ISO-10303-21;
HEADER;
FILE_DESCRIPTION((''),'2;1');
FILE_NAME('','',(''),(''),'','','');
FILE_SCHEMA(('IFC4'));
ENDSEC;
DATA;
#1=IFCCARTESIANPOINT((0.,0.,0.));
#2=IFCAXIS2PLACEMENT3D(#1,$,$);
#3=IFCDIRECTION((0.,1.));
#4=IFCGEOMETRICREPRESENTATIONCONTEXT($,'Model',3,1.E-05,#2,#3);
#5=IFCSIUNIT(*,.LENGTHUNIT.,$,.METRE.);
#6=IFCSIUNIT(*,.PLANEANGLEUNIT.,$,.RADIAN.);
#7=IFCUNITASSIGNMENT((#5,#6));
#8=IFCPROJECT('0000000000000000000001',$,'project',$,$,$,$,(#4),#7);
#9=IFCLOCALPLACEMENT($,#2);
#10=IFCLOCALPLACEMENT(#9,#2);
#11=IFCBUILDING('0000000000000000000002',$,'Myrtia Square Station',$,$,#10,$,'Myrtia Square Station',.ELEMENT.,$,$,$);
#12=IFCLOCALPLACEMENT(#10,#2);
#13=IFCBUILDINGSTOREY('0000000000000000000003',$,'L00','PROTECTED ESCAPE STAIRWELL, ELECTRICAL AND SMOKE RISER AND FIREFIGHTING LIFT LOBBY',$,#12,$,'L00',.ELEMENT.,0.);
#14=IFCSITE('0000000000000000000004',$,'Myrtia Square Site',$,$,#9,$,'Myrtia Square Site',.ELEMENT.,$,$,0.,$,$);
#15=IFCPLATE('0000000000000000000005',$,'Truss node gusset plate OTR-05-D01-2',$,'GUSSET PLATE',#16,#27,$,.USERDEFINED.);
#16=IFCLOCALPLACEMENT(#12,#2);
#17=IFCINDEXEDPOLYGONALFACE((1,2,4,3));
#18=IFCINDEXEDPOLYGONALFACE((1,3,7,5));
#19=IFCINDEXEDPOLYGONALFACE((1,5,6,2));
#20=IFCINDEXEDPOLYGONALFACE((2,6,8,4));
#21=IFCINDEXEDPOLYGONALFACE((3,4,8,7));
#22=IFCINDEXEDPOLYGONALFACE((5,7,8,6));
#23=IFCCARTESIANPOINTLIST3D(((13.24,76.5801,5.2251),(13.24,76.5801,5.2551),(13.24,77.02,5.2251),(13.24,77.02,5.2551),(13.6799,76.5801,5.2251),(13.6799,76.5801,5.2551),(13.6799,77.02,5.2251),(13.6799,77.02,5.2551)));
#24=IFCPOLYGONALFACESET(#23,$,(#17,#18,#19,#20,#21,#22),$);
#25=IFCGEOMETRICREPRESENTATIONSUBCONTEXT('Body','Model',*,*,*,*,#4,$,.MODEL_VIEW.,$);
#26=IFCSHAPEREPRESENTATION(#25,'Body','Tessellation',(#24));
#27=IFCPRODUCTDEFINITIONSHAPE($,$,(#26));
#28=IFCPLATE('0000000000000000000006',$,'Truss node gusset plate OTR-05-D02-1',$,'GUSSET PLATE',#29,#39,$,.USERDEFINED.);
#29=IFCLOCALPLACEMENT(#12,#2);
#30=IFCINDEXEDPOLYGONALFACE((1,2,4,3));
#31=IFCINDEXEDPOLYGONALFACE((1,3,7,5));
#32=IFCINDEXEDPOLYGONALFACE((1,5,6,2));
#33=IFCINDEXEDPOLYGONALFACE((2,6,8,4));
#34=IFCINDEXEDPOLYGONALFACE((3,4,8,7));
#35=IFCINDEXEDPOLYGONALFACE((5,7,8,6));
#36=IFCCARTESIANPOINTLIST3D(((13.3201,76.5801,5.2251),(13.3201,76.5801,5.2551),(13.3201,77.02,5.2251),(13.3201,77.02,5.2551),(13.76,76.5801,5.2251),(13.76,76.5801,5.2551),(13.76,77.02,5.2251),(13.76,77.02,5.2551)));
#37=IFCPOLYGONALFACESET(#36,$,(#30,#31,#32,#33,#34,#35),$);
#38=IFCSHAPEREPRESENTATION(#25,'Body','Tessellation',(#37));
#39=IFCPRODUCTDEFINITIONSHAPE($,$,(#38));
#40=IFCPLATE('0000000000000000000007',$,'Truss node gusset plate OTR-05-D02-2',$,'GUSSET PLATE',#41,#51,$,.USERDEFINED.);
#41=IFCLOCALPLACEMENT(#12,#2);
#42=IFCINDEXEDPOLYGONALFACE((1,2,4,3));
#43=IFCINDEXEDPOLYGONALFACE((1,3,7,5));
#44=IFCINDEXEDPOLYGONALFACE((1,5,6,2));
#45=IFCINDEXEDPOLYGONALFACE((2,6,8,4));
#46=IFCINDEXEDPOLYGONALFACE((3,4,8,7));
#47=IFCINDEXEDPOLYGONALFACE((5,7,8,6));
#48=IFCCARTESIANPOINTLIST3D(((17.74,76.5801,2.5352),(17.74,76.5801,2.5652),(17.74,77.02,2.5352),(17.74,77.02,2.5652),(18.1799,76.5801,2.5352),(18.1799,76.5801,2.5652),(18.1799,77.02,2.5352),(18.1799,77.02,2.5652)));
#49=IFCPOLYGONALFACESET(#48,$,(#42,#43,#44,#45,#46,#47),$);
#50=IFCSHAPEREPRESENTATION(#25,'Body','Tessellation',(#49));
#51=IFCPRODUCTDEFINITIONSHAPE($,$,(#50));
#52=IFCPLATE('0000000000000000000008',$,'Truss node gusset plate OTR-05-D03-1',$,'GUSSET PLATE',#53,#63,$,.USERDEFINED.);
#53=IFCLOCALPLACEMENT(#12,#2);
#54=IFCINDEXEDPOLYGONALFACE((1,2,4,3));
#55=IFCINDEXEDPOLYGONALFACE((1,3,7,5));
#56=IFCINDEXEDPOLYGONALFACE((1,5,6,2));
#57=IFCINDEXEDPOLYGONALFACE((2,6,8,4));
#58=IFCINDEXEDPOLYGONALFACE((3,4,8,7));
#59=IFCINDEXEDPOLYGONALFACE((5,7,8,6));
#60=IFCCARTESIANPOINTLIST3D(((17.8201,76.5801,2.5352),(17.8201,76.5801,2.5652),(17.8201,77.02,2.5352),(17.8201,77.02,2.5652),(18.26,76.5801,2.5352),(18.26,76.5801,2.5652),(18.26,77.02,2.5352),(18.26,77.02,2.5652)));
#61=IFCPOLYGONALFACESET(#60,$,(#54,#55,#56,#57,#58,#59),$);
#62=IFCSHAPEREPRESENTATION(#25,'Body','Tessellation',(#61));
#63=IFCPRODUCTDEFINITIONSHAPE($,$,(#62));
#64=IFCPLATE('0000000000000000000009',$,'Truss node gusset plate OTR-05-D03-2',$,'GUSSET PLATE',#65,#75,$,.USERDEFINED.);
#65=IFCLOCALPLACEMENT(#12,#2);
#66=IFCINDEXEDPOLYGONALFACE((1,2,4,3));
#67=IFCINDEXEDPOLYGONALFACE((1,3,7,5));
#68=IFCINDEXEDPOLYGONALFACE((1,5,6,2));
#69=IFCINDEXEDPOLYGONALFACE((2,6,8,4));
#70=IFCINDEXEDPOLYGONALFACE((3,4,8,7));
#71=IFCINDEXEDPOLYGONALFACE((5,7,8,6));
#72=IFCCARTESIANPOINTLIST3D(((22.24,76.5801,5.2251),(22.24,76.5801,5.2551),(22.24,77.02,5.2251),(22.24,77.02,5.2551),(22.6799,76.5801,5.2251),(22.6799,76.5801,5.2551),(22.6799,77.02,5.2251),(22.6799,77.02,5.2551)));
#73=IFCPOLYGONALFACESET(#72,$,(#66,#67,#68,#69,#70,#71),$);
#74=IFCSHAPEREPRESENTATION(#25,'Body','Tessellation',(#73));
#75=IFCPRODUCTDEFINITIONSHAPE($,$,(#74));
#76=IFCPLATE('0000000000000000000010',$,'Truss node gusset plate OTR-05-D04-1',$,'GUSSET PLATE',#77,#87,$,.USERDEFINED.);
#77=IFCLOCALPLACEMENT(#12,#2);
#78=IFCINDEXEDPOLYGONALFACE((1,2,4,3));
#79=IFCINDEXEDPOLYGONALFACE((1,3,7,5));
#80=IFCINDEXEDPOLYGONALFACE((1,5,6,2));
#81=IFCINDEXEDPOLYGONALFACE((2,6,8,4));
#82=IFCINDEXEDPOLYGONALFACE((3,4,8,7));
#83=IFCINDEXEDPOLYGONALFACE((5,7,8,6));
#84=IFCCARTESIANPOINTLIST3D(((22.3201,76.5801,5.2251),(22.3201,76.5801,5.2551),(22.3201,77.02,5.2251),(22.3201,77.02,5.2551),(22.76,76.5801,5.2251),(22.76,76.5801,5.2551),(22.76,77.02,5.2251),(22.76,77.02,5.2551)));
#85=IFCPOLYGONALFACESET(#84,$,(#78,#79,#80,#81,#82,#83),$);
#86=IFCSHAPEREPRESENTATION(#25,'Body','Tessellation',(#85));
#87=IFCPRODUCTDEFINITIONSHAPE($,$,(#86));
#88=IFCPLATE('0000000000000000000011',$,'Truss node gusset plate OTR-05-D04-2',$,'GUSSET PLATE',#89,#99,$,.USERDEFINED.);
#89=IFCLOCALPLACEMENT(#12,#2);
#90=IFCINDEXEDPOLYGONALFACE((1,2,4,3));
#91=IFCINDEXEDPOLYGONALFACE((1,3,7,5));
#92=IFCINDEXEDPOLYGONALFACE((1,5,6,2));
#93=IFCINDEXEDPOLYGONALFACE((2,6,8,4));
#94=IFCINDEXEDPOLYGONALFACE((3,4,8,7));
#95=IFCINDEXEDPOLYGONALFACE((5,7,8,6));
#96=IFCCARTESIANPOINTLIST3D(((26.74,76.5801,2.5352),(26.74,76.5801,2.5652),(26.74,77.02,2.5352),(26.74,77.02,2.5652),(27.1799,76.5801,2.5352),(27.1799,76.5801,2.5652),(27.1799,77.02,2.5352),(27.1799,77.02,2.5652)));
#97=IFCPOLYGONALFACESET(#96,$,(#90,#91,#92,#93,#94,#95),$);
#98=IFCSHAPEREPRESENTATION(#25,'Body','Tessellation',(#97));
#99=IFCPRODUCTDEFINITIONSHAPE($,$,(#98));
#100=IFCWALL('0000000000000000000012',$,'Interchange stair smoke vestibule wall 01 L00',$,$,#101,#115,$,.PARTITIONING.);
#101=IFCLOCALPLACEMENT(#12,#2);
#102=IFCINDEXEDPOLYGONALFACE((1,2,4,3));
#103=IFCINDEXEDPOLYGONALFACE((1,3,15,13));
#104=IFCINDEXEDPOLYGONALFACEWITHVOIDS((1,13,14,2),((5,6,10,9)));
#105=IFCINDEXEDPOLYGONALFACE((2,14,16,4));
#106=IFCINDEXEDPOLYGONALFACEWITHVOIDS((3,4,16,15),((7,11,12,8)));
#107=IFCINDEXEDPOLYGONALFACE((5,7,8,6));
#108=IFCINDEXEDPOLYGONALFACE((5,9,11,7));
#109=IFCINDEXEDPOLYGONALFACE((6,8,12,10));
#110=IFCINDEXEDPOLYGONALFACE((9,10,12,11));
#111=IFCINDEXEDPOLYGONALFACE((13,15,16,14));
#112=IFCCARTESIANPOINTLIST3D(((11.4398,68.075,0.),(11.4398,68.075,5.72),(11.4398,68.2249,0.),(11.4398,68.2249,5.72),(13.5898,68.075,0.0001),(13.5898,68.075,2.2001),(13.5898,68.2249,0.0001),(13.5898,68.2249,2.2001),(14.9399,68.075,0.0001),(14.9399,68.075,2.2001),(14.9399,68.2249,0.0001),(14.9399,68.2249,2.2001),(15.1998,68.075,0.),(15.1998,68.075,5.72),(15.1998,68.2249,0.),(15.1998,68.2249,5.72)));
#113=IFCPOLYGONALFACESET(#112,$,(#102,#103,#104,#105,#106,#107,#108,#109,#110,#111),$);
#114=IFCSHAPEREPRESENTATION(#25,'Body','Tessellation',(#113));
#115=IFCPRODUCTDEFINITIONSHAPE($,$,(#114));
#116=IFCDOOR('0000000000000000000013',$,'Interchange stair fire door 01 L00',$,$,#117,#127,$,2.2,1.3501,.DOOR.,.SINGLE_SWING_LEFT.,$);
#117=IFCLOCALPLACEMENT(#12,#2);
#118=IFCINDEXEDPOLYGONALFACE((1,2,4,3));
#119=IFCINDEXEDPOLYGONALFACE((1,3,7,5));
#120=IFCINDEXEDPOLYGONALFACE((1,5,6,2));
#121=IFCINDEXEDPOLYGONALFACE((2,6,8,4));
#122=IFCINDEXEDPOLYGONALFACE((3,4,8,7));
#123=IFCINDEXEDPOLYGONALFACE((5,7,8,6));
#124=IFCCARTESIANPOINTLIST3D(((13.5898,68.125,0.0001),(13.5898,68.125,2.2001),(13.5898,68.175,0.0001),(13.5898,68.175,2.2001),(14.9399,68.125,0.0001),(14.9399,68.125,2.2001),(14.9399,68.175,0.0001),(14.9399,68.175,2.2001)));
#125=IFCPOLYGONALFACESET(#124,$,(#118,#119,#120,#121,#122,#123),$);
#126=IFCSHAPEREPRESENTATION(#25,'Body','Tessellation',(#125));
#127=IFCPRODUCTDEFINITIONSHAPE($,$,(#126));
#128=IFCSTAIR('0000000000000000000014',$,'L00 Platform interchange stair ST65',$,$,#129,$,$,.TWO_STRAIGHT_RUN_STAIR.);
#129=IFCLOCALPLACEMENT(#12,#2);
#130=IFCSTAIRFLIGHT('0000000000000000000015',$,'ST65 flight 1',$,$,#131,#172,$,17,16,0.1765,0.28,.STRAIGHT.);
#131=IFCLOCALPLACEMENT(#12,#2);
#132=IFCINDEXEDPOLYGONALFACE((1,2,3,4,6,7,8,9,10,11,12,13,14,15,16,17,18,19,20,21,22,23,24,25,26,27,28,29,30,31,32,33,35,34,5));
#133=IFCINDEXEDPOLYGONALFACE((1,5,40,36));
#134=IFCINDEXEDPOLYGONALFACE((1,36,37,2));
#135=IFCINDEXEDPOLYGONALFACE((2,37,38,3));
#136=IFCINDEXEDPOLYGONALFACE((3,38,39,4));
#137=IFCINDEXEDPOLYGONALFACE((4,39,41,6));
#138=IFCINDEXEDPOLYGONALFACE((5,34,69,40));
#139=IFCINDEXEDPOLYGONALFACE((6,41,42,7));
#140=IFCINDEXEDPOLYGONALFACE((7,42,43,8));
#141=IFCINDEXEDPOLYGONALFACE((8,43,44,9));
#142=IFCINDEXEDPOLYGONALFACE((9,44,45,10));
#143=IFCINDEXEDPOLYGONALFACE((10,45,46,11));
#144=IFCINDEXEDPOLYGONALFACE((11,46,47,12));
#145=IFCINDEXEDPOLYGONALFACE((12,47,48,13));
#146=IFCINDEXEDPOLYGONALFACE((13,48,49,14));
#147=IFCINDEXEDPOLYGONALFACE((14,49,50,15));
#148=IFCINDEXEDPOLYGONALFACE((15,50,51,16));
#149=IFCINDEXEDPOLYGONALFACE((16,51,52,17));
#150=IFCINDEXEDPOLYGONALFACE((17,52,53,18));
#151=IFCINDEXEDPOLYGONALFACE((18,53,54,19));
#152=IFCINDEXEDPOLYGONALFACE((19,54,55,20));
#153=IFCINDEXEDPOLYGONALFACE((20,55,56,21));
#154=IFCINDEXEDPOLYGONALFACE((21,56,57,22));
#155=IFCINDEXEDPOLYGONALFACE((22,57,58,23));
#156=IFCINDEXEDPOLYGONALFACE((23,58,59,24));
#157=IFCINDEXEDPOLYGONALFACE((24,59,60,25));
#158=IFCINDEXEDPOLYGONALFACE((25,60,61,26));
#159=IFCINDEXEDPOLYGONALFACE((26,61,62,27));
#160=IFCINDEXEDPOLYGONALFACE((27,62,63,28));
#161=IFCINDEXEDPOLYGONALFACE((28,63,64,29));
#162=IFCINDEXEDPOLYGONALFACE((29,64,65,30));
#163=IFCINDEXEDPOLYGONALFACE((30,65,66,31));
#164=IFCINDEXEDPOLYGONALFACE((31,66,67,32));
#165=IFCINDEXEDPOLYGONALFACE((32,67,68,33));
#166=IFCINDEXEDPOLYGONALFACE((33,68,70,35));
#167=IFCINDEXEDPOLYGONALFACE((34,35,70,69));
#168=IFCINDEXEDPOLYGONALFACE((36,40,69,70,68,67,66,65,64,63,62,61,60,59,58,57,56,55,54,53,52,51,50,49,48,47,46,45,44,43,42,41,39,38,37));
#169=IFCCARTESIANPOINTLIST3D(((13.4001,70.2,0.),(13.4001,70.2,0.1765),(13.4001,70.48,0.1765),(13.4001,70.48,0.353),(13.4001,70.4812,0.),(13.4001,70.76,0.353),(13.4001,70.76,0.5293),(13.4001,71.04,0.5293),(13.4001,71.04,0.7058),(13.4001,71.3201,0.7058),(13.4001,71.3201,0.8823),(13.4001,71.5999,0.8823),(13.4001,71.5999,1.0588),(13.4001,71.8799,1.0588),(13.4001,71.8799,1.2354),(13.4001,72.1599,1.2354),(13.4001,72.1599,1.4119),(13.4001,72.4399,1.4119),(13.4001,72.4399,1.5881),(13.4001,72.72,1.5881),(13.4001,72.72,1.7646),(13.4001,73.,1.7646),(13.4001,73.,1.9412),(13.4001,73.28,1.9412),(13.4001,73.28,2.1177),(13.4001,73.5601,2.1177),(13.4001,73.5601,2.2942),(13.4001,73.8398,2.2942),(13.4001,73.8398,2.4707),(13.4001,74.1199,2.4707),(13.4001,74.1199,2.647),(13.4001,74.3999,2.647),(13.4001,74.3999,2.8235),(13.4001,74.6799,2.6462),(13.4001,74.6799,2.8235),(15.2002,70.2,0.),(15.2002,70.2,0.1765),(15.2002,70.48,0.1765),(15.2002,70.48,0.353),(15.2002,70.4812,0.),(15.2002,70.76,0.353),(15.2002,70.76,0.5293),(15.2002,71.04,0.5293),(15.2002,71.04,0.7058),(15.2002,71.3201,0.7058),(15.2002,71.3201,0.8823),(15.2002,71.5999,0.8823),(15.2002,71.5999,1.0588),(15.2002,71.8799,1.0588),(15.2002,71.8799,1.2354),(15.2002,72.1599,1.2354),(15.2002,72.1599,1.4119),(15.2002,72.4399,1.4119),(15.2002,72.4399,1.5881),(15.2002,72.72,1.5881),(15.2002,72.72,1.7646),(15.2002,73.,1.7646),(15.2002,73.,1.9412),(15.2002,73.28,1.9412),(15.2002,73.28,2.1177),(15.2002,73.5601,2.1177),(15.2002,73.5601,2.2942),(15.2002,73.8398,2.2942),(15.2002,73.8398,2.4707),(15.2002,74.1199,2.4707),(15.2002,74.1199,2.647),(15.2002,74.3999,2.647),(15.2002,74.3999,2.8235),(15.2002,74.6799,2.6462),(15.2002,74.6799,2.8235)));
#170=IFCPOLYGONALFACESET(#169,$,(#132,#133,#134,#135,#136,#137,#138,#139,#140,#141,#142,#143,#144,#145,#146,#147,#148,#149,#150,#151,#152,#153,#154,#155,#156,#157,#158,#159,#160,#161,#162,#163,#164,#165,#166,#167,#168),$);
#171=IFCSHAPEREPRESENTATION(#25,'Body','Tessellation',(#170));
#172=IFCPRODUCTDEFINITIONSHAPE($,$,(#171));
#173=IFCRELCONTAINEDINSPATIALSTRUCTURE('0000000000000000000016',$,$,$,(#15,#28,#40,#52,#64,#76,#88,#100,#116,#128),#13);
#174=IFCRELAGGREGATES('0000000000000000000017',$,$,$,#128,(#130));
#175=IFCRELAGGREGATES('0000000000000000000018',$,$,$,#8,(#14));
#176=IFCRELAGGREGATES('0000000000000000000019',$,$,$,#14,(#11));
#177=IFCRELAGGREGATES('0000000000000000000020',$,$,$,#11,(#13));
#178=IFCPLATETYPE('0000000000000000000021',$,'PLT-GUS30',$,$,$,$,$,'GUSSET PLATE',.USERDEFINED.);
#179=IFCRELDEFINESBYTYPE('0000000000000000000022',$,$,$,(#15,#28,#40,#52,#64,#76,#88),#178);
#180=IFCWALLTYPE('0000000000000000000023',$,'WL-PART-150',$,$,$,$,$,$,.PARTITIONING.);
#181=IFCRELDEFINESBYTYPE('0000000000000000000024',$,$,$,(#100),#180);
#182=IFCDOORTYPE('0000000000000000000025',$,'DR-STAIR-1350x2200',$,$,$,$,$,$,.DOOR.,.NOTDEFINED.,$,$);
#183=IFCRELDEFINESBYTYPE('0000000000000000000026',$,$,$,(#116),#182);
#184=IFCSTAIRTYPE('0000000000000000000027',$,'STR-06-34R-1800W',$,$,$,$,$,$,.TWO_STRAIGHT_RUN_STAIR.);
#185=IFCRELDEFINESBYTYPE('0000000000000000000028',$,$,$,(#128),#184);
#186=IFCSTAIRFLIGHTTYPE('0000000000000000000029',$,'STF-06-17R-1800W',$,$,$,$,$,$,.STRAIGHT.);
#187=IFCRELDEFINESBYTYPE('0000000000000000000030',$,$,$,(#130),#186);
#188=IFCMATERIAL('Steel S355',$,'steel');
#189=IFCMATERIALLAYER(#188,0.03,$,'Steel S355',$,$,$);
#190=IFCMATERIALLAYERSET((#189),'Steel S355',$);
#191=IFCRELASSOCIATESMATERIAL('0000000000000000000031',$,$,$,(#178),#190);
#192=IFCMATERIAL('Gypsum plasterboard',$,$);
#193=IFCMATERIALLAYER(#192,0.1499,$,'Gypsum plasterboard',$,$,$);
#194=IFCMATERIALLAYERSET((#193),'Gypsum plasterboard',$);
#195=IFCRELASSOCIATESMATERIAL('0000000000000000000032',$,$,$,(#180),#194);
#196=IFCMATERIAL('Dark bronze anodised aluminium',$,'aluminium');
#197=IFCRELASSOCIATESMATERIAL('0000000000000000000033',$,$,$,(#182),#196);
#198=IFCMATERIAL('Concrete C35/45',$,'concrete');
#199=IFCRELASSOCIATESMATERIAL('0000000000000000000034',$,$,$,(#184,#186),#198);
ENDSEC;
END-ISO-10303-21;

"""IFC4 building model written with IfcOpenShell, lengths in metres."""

from ifc_helpers import new_model, si_unit, direction, frame, frame_2d, origin, origin_2d, place, context, subcontext, project, spatial, polyline, rectangle, outline, extrude, material, layer, layer_set, type_object, element, fill, aggregate, save


model = new_model("IFC4")

# Units and contexts
model_context = context("Model", 3, precision=1e-05, world=origin(), true_north=direction((0.0, 1.0)))
body_context = subcontext(model_context, "Body", "Model", "MODEL_VIEW")
ifc_project = project(units=[si_unit("LENGTHUNIT", "METRE"), si_unit("PLANEANGLEUNIT", "RADIAN")], contexts=[model_context])

# Site, building, storey
site_placement = place(None, origin())
site = spatial("IfcSite", under=ifc_project, at=site_placement, Name="Myrtia Square Site", LongName="Myrtia Square Site", CompositionType="ELEMENT", RefElevation=0.0)
building_placement = place(site_placement, origin())
building = spatial("IfcBuilding", under=site, at=building_placement, Name="Myrtia Square Station", LongName="Myrtia Square Station", CompositionType="ELEMENT")
storey_placement = place(building_placement, origin())
storey = spatial("IfcBuildingStorey", under=building, at=storey_placement, Name="L00", Description="PROTECTED ESCAPE STAIRWELL, ELECTRICAL AND SMOKE RISER AND FIREFIGHTING LIFT LOBBY", LongName="L00", CompositionType="ELEMENT", Elevation=0.0)

# Shared definitions
ifc_material_1 = material(Name="Steel S355", Category="steel")

# Plates
ifc_layer_1 = layer(ifc_material_1, 0.03, Name="Steel S355")
ifc_layer_set_1 = layer_set([ifc_layer_1], Name="Steel S355")
plate_type = type_object("IfcPlateType", Name="PLT-GUS30", ElementType="GUSSET PLATE", PredefinedType="USERDEFINED", material=ifc_layer_set_1)
for number, where, z_axis, x_axis, name in (
    (1, (13.46, 76.8, 5.2251), (0.0, 0.0, 1.0), (1.0, 0.0, 0.0), "Truss node gusset plate OTR-05-D01-2"),
    (2, (13.54, 76.8, 5.2251), (0.0, 0.0, 1.0), (1.0, 0.0, 0.0), "Truss node gusset plate OTR-05-D02-1"),
    (3, (17.96, 76.8, 2.5352), (0.0, 0.0, 1.0), (1.0, 0.0, 0.0), "Truss node gusset plate OTR-05-D02-2"),
    (4, (18.04, 76.8, 2.5352), (0.0, 0.0, 1.0), (1.0, 0.0, 0.0), "Truss node gusset plate OTR-05-D03-1"),
    (5, (22.46, 76.8, 5.2251), (0.0, 0.0, 1.0), (1.0, 0.0, 0.0), "Truss node gusset plate OTR-05-D03-2"),
    (6, (22.54, 76.8, 5.2251), (0.0, 0.0, 1.0), (1.0, 0.0, 0.0), "Truss node gusset plate OTR-05-D04-1"),
    (7, (26.96, 76.8, 2.5352), (0.0, 0.0, 1.0), (1.0, 0.0, 0.0), "Truss node gusset plate OTR-05-D04-2"),
):
    element("IfcPlate", number, at=place(storey_placement, frame(where, z_axis=z_axis, x_axis=x_axis)), inside=storey, type_object=plate_type, Name=name, ObjectType="GUSSET PLATE", PredefinedType="USERDEFINED", context=body_context, shape_type="SweptSolid", body=[
        extrude(rectangle(XDim=0.4399, YDim=0.4399, at=origin_2d()), origin(), (0.0, 0.0, 1.0), 0.03),
    ])

# Wall, opening, door
ifc_material_2 = material(Name="Gypsum plasterboard")
ifc_layer_2 = layer(ifc_material_2, 0.1499, Name="Gypsum plasterboard")
ifc_layer_set_2 = layer_set([ifc_layer_2], Name="Gypsum plasterboard")
wall_type = type_object("IfcWallType", Name="WL-PART-150", PredefinedType="PARTITIONING", material=ifc_layer_set_2)
wall_placement = place(storey_placement, frame((11.4399, 68.1499, 0.0), z_axis=(0.0, 0.0, 1.0), x_axis=(1.0, 0.0, 0.0)))
wall = element("IfcWall", 8, at=wall_placement, inside=storey, type_object=wall_type, Name="Interchange stair smoke vestibule wall 01 L00", PredefinedType="PARTITIONING", context=body_context, shape_type="SweptSolid", body=[
    extrude(rectangle(XDim=3.76, YDim=0.1499, at=frame_2d((1.8799, 0.0))), origin(), (0.0, 0.0, 1.0), 5.72),
])
opening_placement = place(wall_placement, frame((2.1499, 0.0, 0.0)))
opening = element("IfcOpeningElement", 9, at=opening_placement, cuts=wall, PredefinedType="OPENING", context=body_context, shape_type="SweptSolid", body=[
    extrude(rectangle(XDim=1.3501, YDim=2.2, at=frame_2d((0.675, 1.1001))), frame((0.0, 0.0898, 0.0), z_axis=(0.0, -1.0, 0.0), x_axis=(1.0, 0.0, 0.0)), (0.0, 0.0, 1.0), 0.1799),
])
ifc_material_3 = material(Name="Dark bronze anodised aluminium", Category="aluminium")
door_type = type_object("IfcDoorType", Name="DR-STAIR-1350x2200", OperationType="NOTDEFINED", PredefinedType="DOOR", material=ifc_material_3)
door_placement = place(opening_placement, frame((1.3501, 0.0, 0.0), z_axis=(0.0, 0.0, 1.0), x_axis=(-1.0, 0.0, 0.0)))
door = element("IfcDoor", 10, at=door_placement, inside=storey, type_object=door_type, Name="Interchange stair fire door 01 L00", OperationType="SINGLE_SWING_LEFT", OverallHeight=2.2, OverallWidth=1.3501, PredefinedType="DOOR", context=body_context, shape_type="SweptSolid", body=[
    extrude(rectangle(XDim=1.3501, YDim=2.2, at=frame_2d((0.675, 1.1001))), frame((0.0, 0.0249, 0.0), z_axis=(0.0, -1.0, 0.0), x_axis=(1.0, 0.0, 0.0)), (0.0, 0.0, 1.0), 0.05),
])
fill(opening, door)

# Stair, stair flight
ifc_material_4 = material(Name="Concrete C35/45", Category="concrete")
stair_type = type_object("IfcStairType", Name="STR-06-34R-1800W", PredefinedType="TWO_STRAIGHT_RUN_STAIR", material=ifc_material_4)
stair_placement = place(storey_placement, origin())
stair = element("IfcStair", 11, at=stair_placement, inside=storey, type_object=stair_type, Name="L00 Platform interchange stair ST65", PredefinedType="TWO_STRAIGHT_RUN_STAIR")
stair_flight_type = type_object("IfcStairFlightType", Name="STF-06-17R-1800W", PredefinedType="STRAIGHT", material=ifc_material_4)
stair_flight_1_placement = place(storey_placement, frame((14.3, 70.2, 0.0), z_axis=(0.0, 0.0, 1.0), x_axis=(0.0, 1.0, 0.0)))
stair_flight_1 = element("IfcStairFlight", 12, at=stair_flight_1_placement, type_object=stair_flight_type, Name="ST65 flight 1", NumberOfRisers=17, NumberOfTreads=16, PredefinedType="STRAIGHT", RiserHeight=0.1765, TreadLength=0.28, context=body_context, shape_type="SweptSolid", body=[
    extrude(outline(polyline([(0.0, 0.0), (0.0, 0.1765), (0.28, 0.1765), (0.28, 0.353), (0.5601, 0.353), (0.5601, 0.5293), (0.8401, 0.5293), (0.8401, 0.7058), (1.1201, 0.7058), (1.1201, 0.8823), (1.3999, 0.8823), (1.3999, 1.0588), (1.6799, 1.0588), (1.6799, 1.2354), (1.96, 1.2354), (1.96, 1.4119), (2.24, 1.4119), (2.24, 1.5881), (2.52, 1.5881), (2.52, 1.7646), (2.8, 1.7646), (2.8, 1.9412), (3.0801, 1.9412), (3.0801, 2.1177), (3.3601, 2.1177), (3.3601, 2.2942), (3.6399, 2.2942), (3.6399, 2.4707), (3.9199, 2.4707), (3.9199, 2.647), (4.2, 2.647), (4.2, 2.8235), (4.48, 2.8235), (4.48, 3.0), (4.48, 2.6462), (0.2812, 0.0), (0.0, 0.0)])), frame((0.0, 0.8999, 0.0), z_axis=(0.0, -1.0, 0.0), x_axis=(1.0, 0.0, 0.0)), (0.0, 0.0, 1.0), 1.8),
])
aggregate(stair, [stair_flight_1])

save(model, "model.ifc")
